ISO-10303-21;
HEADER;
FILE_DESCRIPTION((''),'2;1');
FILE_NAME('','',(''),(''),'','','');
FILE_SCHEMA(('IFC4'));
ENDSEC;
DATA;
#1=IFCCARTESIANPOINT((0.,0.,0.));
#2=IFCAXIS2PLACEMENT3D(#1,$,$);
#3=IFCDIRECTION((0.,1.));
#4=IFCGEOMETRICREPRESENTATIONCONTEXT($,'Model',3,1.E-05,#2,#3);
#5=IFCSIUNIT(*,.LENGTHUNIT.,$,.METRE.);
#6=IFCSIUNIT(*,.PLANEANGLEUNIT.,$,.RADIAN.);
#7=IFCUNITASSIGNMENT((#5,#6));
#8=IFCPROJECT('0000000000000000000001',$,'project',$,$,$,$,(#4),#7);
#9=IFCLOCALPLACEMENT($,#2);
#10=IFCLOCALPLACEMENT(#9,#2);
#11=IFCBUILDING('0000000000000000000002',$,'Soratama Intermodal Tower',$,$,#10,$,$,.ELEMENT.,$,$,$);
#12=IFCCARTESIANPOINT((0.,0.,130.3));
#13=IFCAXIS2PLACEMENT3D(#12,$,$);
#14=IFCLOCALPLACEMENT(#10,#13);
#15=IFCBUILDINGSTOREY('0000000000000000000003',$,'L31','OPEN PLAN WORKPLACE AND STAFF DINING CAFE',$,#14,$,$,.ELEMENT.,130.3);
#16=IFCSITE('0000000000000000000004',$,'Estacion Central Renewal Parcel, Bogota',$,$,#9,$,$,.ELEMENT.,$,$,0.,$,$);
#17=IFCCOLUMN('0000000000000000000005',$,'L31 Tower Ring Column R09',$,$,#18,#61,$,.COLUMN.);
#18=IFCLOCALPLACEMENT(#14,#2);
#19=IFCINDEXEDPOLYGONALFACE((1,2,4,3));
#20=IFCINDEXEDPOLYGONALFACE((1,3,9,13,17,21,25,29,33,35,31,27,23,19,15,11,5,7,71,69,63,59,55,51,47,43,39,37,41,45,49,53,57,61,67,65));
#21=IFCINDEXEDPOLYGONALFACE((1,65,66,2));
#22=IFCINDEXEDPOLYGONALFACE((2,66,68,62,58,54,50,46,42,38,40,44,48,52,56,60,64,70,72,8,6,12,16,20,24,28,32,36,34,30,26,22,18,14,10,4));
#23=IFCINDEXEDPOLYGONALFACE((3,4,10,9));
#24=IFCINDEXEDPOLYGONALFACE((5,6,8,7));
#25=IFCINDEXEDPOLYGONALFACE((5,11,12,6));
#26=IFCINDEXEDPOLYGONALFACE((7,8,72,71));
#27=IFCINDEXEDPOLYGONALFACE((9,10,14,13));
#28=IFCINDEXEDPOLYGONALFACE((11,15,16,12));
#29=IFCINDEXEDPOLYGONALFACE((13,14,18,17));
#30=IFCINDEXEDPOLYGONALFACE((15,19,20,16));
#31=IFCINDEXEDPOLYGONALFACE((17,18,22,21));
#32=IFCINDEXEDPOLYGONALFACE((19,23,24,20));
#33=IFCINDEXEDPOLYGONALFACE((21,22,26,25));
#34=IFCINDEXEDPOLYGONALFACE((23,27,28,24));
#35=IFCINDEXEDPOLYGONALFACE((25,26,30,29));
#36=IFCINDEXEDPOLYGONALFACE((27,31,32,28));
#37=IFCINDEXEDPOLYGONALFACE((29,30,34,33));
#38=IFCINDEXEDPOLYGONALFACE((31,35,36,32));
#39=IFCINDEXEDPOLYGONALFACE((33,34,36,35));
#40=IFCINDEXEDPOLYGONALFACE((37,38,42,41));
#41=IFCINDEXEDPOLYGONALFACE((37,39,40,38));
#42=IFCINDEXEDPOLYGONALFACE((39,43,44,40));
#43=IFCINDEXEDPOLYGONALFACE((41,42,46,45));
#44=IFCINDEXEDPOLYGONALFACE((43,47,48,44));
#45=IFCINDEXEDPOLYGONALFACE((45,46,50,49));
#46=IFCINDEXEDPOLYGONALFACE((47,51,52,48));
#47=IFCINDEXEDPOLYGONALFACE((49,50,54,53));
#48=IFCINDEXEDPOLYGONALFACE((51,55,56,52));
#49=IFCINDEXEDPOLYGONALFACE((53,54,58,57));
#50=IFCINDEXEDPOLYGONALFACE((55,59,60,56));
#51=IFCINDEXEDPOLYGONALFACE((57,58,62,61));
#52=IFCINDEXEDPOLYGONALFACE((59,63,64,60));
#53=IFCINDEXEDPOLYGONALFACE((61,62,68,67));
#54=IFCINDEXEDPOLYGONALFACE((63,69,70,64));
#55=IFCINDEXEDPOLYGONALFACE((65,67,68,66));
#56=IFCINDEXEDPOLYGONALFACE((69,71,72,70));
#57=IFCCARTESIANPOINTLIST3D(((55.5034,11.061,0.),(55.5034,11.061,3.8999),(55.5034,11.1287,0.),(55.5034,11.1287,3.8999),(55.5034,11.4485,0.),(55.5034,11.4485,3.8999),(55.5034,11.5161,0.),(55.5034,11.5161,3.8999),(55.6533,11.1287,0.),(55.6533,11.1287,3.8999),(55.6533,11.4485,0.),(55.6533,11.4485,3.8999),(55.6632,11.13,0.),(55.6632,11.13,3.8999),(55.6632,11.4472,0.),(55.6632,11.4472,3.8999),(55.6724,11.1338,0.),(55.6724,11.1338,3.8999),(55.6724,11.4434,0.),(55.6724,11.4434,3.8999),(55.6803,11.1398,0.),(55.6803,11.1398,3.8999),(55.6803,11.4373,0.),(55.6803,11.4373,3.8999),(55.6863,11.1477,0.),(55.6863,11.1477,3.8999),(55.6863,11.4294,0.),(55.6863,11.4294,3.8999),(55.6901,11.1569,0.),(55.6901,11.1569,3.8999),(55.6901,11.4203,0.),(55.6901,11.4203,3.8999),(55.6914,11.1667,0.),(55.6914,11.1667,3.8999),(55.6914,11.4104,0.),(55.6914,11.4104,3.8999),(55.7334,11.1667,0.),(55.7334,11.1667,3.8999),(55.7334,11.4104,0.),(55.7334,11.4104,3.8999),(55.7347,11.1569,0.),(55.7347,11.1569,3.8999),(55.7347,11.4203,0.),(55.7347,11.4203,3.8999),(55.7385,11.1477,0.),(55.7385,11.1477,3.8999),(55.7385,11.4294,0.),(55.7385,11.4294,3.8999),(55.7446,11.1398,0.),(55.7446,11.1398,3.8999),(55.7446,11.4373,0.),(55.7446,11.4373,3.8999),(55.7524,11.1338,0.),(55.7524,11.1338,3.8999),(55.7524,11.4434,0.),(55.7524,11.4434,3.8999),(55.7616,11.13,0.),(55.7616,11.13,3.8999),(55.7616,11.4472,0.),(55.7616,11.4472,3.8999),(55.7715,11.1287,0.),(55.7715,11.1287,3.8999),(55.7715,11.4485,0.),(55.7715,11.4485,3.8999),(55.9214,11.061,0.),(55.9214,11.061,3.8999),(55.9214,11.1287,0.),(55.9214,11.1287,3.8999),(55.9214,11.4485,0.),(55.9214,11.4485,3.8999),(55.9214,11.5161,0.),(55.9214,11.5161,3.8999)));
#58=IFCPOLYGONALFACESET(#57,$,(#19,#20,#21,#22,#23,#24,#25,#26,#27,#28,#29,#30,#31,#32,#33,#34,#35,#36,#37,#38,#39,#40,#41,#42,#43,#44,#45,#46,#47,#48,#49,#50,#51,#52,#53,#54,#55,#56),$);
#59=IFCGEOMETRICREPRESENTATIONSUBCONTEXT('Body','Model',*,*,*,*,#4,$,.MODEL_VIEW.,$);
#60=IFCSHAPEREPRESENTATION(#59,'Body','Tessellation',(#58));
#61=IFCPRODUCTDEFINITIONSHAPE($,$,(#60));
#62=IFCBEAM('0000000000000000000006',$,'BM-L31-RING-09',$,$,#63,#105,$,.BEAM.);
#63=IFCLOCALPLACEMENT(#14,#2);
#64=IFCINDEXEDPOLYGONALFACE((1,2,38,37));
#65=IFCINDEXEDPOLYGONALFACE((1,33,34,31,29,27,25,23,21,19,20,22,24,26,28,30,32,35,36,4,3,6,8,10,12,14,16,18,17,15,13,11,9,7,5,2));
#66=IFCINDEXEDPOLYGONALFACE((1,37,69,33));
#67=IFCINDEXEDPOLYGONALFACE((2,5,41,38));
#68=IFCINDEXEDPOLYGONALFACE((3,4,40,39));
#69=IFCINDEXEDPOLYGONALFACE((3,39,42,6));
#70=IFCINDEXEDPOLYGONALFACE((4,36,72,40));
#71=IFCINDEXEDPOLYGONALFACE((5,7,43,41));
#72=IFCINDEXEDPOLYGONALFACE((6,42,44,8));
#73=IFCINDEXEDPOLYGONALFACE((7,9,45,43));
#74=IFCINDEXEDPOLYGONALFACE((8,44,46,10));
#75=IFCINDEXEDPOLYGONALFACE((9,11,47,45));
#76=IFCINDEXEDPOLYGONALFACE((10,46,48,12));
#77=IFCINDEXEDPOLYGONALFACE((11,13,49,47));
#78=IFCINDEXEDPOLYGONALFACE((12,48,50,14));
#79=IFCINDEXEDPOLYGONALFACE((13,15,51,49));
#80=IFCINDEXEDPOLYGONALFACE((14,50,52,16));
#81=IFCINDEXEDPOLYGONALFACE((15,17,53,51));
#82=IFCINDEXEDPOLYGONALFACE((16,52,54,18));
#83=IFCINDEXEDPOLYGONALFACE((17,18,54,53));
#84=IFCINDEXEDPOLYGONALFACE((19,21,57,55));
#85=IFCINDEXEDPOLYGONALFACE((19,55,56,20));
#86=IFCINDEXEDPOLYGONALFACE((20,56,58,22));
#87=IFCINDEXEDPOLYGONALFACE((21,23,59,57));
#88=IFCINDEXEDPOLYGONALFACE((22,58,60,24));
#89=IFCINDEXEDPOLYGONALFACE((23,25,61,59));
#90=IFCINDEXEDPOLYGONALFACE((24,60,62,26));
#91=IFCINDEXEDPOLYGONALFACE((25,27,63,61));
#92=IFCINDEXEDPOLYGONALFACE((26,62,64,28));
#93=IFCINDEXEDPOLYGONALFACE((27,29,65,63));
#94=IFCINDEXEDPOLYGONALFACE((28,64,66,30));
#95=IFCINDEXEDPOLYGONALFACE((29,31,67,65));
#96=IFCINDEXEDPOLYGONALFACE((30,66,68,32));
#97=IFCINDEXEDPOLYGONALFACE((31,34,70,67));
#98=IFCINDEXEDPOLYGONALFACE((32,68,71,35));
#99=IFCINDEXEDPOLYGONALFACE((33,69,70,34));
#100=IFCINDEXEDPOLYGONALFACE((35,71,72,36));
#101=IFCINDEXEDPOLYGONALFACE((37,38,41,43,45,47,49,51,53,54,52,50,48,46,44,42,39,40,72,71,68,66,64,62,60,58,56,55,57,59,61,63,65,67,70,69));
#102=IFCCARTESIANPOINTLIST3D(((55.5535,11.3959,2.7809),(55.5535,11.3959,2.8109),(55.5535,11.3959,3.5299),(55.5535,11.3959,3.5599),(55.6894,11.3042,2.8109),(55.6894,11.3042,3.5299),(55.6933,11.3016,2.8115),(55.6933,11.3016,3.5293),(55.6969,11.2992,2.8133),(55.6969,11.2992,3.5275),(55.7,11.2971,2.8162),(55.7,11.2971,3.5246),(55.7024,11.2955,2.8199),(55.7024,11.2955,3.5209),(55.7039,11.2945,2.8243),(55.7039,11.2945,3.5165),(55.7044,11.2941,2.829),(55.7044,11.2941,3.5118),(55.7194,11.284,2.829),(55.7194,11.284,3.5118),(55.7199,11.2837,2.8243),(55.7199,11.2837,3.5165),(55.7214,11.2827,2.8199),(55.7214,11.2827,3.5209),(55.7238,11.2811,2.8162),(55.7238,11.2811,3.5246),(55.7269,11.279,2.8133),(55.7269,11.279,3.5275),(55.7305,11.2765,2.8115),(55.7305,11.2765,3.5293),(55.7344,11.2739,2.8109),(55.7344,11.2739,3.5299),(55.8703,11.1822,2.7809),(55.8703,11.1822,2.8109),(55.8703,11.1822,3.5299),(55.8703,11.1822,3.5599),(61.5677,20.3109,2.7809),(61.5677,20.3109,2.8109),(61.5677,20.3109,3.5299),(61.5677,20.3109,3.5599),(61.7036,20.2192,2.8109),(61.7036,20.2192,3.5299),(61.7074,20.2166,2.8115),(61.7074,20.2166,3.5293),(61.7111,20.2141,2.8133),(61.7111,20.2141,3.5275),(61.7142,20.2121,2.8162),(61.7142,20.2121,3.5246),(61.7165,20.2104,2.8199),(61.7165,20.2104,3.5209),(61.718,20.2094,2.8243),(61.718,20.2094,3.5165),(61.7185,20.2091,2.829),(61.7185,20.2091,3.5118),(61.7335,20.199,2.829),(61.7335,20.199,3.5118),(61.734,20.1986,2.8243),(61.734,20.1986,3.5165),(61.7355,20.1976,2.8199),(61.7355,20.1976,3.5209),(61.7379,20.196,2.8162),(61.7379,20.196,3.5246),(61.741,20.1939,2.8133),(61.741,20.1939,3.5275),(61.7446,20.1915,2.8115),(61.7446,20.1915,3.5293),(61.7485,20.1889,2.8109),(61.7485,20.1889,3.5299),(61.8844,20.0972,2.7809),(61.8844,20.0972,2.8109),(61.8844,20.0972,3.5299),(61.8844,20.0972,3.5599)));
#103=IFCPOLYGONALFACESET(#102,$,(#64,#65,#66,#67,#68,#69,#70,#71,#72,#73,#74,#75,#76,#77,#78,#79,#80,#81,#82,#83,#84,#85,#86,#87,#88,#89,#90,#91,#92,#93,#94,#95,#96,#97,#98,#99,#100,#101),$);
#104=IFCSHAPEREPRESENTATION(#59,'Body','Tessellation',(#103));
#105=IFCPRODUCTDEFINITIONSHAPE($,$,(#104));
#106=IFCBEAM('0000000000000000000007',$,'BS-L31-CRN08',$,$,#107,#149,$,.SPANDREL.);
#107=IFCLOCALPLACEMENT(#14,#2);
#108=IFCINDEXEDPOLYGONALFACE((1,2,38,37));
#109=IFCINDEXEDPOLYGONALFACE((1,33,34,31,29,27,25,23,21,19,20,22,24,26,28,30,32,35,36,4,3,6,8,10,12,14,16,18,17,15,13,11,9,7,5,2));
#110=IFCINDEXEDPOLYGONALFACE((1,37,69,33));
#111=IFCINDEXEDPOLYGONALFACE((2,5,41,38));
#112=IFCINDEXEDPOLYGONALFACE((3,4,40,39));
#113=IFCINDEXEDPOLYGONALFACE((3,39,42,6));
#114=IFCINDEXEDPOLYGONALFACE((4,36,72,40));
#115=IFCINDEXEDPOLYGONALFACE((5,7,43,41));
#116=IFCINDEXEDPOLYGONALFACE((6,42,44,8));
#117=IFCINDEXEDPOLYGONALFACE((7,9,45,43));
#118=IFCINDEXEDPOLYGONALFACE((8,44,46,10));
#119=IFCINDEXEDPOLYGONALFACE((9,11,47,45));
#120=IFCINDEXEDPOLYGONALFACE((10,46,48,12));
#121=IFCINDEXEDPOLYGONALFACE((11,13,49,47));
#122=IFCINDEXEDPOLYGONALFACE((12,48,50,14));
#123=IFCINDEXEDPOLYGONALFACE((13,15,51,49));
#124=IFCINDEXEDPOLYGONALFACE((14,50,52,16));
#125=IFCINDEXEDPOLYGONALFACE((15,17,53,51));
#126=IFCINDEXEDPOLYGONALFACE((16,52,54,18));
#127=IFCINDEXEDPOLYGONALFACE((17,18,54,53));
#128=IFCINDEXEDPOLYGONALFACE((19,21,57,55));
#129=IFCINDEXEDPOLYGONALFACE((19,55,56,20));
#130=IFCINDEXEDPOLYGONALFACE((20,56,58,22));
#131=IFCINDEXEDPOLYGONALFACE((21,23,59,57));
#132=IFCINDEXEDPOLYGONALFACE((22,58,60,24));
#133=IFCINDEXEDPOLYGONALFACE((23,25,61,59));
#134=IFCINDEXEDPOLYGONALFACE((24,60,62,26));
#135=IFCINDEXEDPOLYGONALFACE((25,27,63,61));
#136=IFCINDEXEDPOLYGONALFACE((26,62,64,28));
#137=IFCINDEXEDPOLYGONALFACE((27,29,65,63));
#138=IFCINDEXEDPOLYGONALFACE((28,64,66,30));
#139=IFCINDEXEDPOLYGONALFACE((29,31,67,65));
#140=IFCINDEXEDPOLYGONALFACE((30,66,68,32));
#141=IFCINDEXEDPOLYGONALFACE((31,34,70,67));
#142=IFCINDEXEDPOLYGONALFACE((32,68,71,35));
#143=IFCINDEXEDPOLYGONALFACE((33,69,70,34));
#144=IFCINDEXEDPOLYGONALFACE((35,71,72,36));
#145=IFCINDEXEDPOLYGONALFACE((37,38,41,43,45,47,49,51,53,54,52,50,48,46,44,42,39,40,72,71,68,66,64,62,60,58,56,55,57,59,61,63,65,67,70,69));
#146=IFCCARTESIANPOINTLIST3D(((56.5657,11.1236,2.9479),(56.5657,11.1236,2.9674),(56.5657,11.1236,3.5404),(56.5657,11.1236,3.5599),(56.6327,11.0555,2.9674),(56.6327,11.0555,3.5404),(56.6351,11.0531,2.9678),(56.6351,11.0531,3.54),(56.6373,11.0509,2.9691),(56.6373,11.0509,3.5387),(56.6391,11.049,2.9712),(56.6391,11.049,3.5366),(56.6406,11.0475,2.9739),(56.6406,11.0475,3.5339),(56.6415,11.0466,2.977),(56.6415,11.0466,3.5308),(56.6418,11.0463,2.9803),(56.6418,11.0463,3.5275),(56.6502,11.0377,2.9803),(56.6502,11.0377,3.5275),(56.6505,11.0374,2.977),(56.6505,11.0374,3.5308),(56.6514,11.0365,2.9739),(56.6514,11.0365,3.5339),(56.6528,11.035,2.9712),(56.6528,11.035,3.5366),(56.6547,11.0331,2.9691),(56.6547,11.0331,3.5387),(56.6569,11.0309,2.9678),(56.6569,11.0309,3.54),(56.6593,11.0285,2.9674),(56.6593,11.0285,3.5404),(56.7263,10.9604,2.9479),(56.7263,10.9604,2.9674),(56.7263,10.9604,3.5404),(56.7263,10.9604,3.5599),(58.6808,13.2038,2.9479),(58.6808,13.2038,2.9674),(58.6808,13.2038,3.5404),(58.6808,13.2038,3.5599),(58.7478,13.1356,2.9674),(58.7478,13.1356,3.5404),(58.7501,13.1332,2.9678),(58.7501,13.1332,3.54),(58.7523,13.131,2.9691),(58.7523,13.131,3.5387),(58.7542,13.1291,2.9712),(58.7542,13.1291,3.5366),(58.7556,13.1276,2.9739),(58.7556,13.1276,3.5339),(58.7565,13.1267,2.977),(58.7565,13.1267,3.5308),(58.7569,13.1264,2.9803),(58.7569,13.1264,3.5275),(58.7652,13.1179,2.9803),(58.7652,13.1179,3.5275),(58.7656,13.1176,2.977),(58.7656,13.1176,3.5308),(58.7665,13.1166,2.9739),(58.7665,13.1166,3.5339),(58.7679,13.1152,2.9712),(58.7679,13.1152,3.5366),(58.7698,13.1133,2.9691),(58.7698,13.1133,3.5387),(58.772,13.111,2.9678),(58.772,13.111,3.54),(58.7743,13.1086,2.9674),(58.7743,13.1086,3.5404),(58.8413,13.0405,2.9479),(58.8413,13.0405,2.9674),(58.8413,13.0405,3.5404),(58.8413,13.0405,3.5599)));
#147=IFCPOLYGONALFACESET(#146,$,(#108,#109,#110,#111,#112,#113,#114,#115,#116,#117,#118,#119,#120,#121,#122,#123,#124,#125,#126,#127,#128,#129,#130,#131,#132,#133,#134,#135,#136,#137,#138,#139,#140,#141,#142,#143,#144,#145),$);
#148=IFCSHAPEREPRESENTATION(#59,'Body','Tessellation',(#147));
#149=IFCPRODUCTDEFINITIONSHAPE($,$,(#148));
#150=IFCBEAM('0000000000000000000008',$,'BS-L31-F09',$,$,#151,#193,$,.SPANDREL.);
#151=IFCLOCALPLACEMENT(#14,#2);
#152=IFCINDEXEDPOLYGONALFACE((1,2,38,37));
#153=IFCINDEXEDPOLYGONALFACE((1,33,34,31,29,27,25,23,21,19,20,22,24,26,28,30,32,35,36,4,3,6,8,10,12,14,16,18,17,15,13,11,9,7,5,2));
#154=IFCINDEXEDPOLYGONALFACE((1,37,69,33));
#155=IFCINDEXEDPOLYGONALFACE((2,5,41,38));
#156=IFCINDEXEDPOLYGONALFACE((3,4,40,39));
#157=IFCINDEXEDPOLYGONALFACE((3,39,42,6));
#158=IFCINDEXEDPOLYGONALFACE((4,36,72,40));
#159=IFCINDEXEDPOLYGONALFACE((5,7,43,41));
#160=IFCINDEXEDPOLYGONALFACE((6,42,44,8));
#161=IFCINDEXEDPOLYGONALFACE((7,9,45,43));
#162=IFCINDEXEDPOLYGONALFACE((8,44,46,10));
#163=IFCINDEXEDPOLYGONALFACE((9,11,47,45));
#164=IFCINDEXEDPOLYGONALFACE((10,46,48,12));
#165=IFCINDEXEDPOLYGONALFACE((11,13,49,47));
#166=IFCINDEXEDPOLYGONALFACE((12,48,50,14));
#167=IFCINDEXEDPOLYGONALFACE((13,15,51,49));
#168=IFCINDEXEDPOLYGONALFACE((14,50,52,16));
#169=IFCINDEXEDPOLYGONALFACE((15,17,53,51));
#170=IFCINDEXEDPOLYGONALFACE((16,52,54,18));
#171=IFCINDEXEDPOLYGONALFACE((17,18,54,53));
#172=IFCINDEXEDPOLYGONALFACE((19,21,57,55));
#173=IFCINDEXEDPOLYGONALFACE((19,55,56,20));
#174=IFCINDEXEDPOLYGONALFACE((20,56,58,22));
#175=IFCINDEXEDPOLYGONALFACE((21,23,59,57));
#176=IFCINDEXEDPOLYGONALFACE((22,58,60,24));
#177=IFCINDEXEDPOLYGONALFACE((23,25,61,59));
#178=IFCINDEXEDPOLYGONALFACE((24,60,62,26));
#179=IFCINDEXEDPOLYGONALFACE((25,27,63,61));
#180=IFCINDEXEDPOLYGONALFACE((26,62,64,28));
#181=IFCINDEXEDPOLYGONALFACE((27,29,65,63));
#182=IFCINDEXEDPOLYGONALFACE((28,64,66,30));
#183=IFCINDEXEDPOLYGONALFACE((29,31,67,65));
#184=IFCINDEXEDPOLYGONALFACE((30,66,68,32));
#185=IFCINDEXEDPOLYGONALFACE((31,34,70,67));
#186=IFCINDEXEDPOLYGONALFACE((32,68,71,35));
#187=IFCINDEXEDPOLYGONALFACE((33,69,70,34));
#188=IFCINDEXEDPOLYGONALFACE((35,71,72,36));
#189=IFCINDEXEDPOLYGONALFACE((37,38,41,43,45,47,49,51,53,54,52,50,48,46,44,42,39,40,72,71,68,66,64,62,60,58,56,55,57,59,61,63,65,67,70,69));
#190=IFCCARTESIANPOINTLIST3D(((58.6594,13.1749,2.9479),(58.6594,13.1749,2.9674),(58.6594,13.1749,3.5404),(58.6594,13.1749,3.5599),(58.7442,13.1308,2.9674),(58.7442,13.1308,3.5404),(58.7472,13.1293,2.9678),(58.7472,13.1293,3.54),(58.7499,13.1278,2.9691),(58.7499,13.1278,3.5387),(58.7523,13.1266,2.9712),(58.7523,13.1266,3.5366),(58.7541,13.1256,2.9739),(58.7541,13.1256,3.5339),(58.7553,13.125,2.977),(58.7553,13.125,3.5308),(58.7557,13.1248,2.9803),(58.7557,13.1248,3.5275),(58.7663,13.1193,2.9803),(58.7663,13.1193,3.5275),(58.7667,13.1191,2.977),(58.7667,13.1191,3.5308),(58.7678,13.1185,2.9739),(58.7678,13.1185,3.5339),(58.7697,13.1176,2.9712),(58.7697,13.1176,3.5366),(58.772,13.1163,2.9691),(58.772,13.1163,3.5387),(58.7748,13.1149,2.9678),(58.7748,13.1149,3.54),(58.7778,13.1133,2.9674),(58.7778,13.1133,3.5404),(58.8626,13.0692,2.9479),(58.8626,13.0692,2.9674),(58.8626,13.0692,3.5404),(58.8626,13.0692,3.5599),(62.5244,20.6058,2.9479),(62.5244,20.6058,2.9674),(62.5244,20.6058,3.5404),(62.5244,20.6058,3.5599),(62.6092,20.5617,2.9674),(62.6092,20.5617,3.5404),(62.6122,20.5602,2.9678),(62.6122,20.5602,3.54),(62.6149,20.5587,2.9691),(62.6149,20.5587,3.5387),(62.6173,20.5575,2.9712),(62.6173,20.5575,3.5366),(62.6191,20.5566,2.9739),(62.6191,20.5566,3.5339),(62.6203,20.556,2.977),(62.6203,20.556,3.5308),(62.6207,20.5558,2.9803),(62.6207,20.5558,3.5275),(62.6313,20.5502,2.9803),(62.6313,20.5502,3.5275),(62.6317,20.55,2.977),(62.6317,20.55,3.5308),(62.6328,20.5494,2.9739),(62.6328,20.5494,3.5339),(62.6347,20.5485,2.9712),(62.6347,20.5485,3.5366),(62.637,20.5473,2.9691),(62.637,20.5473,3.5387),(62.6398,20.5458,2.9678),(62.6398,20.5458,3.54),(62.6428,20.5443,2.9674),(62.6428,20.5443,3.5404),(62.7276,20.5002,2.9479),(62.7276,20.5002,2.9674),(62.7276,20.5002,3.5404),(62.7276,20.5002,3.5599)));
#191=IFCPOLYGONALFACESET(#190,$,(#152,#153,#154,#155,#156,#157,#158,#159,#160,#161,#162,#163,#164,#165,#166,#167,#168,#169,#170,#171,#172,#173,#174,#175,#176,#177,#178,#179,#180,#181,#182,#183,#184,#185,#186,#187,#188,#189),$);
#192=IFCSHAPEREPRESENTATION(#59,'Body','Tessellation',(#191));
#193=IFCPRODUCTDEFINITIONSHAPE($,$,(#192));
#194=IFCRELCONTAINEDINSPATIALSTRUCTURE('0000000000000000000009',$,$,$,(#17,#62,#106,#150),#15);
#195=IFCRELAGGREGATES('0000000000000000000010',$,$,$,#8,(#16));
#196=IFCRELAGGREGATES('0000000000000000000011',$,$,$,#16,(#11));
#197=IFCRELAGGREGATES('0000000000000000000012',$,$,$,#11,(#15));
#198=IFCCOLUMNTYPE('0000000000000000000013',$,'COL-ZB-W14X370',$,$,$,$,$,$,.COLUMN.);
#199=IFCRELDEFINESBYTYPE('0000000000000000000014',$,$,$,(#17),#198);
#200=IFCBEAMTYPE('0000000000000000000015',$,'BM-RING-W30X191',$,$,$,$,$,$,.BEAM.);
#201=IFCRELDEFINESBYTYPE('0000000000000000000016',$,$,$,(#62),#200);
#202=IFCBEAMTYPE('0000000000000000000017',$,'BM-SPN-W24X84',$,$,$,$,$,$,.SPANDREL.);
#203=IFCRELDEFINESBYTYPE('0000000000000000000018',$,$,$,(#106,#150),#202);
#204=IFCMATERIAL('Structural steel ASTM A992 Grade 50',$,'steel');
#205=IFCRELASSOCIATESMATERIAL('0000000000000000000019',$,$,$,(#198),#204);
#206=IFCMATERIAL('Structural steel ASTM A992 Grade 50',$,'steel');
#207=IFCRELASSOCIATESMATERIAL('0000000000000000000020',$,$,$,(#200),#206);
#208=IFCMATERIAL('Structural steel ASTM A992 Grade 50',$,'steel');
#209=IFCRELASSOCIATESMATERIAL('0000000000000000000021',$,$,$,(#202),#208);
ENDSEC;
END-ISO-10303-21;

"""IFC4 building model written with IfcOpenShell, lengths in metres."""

from ifc_helpers import new_model, si_unit, direction, frame, origin, origin_2d, place, context, subcontext, project, spatial, i_section, extrude, material, material_profile, profile_set, type_object, element, save


model = new_model("IFC4")

# Units and contexts
model_context = context("Model", 3, precision=1e-05, world=origin(), true_north=direction((0.0, 1.0)))
body_context = subcontext(model_context, "Body", "Model", "MODEL_VIEW")
ifc_project = project(units=[si_unit("LENGTHUNIT", "METRE"), si_unit("PLANEANGLEUNIT", "RADIAN")], contexts=[model_context])

# Site, building, storey
site_placement = place(None, origin())
site = spatial("IfcSite", under=ifc_project, at=site_placement, Name="Estacion Central Renewal Parcel, Bogota", CompositionType="ELEMENT", RefElevation=0.0)
building_placement = place(site_placement, origin())
building = spatial("IfcBuilding", under=site, at=building_placement, Name="Soratama Intermodal Tower", CompositionType="ELEMENT")
storey_placement = place(building_placement, frame((0.0, 0.0, 130.3)))
storey = spatial("IfcBuildingStorey", under=building, at=storey_placement, Name="L31", Description="OPEN PLAN WORKPLACE AND STAFF DINING CAFE", CompositionType="ELEMENT", Elevation=130.3)

# Column
ifc_material_1 = material(Name="Structural steel ASTM A992 Grade 50", Category="steel")
ifc_material_profile_1 = material_profile(ifc_material_1, i_section(OverallWidth=0.418, OverallDepth=0.4551, WebThickness=0.042, FlangeThickness=0.0676, FilletRadius=0.0381, at=origin_2d()), Name="W14X370")
ifc_profile_set_1 = profile_set([ifc_material_profile_1], Name="Structural steel ASTM A992 Grade 50")
column_type = type_object("IfcColumnType", Name="COL-ZB-W14X370", PredefinedType="COLUMN", material=ifc_profile_set_1)
column_placement = place(storey_placement, frame((55.7124, 11.2886, 0.0), z_axis=(0.0, 0.0, 1.0), x_axis=(1.0, 0.0, 0.0)))
element("IfcColumn", 1, at=column_placement, inside=storey, type_object=column_type, Name="L31 Tower Ring Column R09", PredefinedType="COLUMN", context=body_context, shape_type="SweptSolid", body=[
    extrude(i_section(OverallWidth=0.418, OverallDepth=0.4551, WebThickness=0.042, FlangeThickness=0.0676, FilletRadius=0.0381, at=origin_2d()), origin(), (0.0, 0.0, 1.0), 3.8999),
])

# Beams
ifc_material_2 = material(Name="Structural steel ASTM A992 Grade 50", Category="steel")
ifc_material_profile_2 = material_profile(ifc_material_2, i_section(OverallWidth=0.3821, OverallDepth=0.7791, WebThickness=0.0181, FlangeThickness=0.03, FilletRadius=0.0181, at=origin_2d()), Name="W30X191")
ifc_profile_set_2 = profile_set([ifc_material_profile_2], Name="Structural steel ASTM A992 Grade 50")
beam_type_1 = type_object("IfcBeamType", Name="BM-RING-W30X191", PredefinedType="BEAM", material=ifc_profile_set_2)
beam_1_placement = place(storey_placement, frame((55.7119, 11.2891, 3.1704), z_axis=(0.55925, 0.828999, 0.0), x_axis=(-0.828999, 0.55925, 0.0)))
element("IfcBeam", 2, at=beam_1_placement, inside=storey, type_object=beam_type_1, Name="BM-L31-RING-09", PredefinedType="BEAM", context=body_context, shape_type="SweptSolid", body=[
    extrude(i_section(OverallWidth=0.3821, OverallDepth=0.7791, WebThickness=0.0181, FlangeThickness=0.03, FilletRadius=0.0181, at=origin_2d()), origin(), (0.0, 0.0, 1.0), 10.7539),
])
ifc_material_3 = material(Name="Structural steel ASTM A992 Grade 50", Category="steel")
ifc_material_profile_3 = material_profile(ifc_material_3, i_section(OverallWidth=0.229, OverallDepth=0.6121, WebThickness=0.012, FlangeThickness=0.0195, FilletRadius=0.0129, at=origin_2d()), Name="W24X84")
ifc_profile_set_3 = profile_set([ifc_material_profile_3], Name="Structural steel ASTM A992 Grade 50")
beam_type_2 = type_object("IfcBeamType", Name="BM-SPN-W24X84", PredefinedType="SPANDREL", material=ifc_profile_set_3)
beam_2_placement = place(storey_placement, frame((56.646, 11.042, 3.2539), z_axis=(0.712967, 0.701198, 0.0), x_axis=(-0.701198, 0.712967, 0.0)))
element("IfcBeam", 3, at=beam_2_placement, inside=storey, type_object=beam_type_2, Name="BS-L31-CRN08", PredefinedType="SPANDREL", context=body_context, shape_type="SweptSolid", body=[
    extrude(i_section(OverallWidth=0.229, OverallDepth=0.6121, WebThickness=0.012, FlangeThickness=0.0195, FilletRadius=0.0129, at=origin_2d()), origin(), (0.0, 0.0, 1.0), 2.9666),
])
beam_3_placement = place(storey_placement, frame((58.761, 13.1221, 3.2539), z_axis=(0.461439, 0.887172, 0.0), x_axis=(-0.887172, 0.461439, 0.0)))
element("IfcBeam", 4, at=beam_3_placement, inside=storey, type_object=beam_type_2, Name="BS-L31-F09", PredefinedType="SPANDREL", context=body_context, shape_type="SweptSolid", body=[
    extrude(i_section(OverallWidth=0.229, OverallDepth=0.6121, WebThickness=0.012, FlangeThickness=0.0195, FilletRadius=0.0129, at=origin_2d()), origin(), (0.0, 0.0, 1.0), 8.376),
])

save(model, "model.ifc")
